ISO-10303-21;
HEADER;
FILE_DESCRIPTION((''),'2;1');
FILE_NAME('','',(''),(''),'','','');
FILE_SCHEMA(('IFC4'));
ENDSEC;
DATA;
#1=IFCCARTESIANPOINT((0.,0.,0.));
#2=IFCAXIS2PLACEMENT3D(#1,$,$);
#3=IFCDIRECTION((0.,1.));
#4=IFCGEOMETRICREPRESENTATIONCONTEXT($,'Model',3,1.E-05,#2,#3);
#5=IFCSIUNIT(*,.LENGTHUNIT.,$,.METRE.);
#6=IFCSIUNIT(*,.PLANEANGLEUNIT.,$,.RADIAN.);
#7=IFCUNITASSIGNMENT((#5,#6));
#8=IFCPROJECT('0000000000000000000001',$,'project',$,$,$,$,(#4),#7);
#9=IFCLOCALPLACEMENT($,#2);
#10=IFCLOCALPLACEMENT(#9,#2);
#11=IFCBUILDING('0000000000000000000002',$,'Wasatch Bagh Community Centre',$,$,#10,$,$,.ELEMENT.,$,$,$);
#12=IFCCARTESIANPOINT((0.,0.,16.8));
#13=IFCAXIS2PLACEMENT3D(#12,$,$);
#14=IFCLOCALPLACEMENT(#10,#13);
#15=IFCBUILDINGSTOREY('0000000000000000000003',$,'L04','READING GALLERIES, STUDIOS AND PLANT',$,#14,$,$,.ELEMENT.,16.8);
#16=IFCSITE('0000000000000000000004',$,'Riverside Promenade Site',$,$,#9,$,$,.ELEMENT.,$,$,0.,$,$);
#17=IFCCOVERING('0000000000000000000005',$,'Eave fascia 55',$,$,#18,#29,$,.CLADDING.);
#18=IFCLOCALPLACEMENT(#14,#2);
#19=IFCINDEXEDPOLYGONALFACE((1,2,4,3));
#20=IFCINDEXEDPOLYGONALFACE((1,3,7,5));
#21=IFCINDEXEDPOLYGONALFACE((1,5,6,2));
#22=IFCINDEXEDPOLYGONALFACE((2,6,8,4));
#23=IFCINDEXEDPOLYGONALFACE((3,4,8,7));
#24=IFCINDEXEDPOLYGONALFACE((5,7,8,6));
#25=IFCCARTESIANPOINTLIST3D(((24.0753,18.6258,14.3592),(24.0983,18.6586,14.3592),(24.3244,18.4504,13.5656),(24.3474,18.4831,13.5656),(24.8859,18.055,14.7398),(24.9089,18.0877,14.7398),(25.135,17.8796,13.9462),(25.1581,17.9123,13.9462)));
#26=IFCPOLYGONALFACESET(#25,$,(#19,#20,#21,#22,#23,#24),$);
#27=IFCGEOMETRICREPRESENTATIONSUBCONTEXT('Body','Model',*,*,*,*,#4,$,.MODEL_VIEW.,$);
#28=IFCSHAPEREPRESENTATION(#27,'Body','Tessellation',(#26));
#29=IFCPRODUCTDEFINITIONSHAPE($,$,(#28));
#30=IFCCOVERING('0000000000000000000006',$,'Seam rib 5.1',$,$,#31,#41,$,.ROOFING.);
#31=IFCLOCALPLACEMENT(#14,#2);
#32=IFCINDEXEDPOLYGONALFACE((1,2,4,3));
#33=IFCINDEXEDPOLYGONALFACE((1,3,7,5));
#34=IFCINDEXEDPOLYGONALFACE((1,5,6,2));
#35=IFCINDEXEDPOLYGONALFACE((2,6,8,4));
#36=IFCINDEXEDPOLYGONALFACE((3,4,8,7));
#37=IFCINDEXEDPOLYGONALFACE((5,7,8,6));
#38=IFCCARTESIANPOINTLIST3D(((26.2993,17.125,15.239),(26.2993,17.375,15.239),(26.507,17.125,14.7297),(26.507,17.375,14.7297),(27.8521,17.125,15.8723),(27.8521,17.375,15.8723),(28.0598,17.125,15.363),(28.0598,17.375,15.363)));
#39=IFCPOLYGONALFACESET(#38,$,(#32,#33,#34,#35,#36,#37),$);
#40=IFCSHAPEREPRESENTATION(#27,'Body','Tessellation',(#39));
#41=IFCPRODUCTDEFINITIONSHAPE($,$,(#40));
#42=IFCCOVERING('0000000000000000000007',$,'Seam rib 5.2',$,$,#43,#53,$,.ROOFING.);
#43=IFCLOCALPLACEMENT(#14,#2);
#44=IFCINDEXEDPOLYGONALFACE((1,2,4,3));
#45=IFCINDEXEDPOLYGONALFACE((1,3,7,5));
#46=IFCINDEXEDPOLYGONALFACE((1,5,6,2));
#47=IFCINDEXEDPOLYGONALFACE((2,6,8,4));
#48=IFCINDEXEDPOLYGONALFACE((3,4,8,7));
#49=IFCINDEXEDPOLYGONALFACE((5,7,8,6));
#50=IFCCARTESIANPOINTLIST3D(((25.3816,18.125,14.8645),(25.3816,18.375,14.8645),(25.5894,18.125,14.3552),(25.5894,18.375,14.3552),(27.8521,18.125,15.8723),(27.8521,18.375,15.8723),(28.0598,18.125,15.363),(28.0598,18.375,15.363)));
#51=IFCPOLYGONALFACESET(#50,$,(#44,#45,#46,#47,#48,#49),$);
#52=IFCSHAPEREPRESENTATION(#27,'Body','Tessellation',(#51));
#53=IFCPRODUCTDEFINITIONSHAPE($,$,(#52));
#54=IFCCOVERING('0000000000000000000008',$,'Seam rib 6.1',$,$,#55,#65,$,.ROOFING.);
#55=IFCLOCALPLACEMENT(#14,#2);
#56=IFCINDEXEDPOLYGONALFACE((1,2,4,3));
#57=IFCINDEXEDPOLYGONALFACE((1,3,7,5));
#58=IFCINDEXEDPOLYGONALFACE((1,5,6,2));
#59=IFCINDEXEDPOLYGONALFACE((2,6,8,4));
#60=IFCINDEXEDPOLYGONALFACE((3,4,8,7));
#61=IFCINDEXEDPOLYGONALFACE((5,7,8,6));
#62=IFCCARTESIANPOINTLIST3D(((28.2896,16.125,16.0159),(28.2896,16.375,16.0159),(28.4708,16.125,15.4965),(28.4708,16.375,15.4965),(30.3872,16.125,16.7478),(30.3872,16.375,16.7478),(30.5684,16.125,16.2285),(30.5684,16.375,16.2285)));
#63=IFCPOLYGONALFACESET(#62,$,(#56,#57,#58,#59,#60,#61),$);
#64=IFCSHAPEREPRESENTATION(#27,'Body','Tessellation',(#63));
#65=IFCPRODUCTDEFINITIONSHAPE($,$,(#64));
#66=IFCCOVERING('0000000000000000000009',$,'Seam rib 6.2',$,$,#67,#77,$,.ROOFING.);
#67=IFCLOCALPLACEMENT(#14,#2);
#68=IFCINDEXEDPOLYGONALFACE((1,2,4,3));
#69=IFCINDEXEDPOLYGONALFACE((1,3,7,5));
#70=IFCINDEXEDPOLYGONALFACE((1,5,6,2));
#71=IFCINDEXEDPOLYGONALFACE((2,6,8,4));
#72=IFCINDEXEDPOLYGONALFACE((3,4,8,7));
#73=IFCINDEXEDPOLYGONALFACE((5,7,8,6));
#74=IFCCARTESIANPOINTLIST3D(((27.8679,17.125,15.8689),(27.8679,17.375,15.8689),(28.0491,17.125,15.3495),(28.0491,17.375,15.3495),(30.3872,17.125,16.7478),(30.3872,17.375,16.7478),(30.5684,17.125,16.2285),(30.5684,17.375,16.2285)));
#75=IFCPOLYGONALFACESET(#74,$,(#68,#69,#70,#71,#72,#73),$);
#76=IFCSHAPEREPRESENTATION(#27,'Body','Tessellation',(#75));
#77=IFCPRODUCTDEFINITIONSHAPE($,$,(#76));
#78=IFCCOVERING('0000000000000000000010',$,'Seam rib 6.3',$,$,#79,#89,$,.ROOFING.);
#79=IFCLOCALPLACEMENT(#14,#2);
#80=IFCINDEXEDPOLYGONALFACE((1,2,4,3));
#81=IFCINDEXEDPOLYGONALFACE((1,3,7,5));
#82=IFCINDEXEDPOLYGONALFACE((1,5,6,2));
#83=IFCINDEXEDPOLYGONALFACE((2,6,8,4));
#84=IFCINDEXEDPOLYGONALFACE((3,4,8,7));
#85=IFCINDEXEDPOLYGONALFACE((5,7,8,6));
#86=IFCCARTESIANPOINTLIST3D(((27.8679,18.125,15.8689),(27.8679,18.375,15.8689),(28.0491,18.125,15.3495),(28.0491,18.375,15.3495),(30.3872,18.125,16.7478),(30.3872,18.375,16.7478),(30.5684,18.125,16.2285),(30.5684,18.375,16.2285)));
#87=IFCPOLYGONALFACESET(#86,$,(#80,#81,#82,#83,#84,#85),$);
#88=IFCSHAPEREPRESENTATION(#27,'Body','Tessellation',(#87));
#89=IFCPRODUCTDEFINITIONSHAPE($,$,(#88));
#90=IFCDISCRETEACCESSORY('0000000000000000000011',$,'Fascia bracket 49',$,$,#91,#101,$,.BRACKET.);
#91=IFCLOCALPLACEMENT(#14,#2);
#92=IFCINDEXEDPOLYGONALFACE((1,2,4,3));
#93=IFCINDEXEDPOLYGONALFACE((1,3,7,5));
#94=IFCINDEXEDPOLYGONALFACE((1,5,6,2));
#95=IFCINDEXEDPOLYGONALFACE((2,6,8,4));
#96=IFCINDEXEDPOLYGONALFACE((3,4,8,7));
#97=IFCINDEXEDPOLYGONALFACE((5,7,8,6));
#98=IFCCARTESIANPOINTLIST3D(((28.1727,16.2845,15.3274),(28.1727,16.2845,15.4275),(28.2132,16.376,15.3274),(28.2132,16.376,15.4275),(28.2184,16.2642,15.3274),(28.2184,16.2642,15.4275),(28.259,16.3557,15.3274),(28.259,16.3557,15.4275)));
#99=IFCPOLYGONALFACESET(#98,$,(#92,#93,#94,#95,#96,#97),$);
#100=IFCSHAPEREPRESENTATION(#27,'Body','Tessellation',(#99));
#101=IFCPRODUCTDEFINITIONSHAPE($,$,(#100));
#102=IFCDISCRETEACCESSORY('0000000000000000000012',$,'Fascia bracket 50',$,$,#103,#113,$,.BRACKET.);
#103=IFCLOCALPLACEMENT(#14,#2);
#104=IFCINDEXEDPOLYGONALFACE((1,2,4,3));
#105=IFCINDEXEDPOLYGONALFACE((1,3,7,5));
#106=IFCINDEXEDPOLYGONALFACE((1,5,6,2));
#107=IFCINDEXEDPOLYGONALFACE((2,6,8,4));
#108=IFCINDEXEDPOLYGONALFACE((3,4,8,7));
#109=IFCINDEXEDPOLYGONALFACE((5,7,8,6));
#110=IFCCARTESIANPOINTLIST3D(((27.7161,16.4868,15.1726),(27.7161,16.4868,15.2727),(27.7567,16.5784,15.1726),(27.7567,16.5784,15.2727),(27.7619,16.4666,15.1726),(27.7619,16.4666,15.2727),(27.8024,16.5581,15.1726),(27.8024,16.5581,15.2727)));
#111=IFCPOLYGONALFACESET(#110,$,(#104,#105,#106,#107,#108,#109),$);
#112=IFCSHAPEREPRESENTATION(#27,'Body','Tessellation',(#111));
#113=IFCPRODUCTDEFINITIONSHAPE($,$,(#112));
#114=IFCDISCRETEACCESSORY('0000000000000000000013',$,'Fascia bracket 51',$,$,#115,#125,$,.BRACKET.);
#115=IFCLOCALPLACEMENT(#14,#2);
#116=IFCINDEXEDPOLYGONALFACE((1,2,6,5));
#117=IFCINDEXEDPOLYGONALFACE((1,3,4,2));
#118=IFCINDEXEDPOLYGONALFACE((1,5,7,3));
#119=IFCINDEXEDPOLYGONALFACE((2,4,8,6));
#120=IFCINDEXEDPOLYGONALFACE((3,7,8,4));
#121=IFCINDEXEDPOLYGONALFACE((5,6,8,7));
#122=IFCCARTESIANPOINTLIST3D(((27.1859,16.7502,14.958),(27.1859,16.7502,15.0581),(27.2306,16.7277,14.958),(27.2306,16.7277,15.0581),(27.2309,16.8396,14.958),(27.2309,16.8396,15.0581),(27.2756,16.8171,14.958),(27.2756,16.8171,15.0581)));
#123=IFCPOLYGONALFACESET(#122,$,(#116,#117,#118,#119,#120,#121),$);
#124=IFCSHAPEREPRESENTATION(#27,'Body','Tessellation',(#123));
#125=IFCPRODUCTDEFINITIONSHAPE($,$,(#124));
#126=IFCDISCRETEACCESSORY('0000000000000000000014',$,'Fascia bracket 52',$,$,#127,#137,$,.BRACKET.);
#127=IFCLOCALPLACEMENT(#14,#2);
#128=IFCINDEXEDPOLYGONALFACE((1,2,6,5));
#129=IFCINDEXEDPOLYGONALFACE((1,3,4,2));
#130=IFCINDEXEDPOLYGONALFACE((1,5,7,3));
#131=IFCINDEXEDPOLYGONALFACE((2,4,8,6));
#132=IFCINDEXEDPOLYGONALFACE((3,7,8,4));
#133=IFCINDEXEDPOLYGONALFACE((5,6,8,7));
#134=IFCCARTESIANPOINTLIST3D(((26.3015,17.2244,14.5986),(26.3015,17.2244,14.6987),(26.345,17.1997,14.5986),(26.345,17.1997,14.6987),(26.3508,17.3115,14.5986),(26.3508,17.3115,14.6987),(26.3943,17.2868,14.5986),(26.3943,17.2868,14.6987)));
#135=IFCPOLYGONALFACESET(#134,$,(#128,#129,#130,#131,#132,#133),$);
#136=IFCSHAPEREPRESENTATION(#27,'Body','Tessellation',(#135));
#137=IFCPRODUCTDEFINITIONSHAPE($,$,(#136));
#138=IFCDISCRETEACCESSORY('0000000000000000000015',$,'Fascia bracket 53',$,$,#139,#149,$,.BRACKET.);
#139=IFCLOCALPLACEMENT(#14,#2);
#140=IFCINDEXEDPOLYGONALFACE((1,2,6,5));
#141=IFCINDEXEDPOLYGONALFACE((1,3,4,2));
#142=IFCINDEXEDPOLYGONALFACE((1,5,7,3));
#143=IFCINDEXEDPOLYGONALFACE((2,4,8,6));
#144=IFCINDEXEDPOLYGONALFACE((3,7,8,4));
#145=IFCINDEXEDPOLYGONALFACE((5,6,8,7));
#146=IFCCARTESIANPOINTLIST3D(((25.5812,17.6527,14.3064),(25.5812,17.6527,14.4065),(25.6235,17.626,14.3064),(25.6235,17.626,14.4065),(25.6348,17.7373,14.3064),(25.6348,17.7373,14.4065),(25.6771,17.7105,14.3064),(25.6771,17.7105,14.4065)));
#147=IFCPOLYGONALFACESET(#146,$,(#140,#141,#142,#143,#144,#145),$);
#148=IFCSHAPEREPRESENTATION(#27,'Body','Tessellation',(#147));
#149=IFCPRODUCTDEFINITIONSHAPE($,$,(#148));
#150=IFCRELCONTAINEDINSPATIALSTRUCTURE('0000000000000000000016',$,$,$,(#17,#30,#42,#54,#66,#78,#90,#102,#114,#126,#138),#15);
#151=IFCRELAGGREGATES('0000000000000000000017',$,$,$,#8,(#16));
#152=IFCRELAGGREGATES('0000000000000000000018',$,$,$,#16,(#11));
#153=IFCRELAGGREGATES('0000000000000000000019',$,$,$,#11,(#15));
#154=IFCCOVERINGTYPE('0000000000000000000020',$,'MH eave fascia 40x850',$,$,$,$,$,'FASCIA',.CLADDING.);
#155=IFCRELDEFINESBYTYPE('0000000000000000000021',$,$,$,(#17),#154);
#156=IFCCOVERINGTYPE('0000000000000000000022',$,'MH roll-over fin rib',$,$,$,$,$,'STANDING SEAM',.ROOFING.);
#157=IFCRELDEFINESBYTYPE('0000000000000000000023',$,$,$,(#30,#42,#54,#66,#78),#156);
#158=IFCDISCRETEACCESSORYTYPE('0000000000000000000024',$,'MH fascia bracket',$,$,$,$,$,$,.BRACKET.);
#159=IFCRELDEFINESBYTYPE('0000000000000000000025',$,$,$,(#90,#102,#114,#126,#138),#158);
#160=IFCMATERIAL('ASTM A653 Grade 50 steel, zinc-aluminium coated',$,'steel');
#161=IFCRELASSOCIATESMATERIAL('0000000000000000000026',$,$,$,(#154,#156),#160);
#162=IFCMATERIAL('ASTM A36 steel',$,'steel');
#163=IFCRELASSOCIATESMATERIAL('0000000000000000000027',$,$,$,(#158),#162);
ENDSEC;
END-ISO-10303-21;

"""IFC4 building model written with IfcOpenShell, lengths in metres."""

from ifc_helpers import new_model, si_unit, direction, frame, origin, origin_2d, place, context, subcontext, project, spatial, polyline, rectangle, outline, extrude, material, material_profile, profile_set, type_object, element, save


model = new_model("IFC4")

# Units and contexts
model_context = context("Model", 3, precision=1e-05, world=origin(), true_north=direction((0.0, 1.0)))
body_context = subcontext(model_context, "Body", "Model", "MODEL_VIEW")
ifc_project = project(units=[si_unit("LENGTHUNIT", "METRE"), si_unit("PLANEANGLEUNIT", "RADIAN")], contexts=[model_context])

# Site, building, storey
site_placement = place(None, origin())
site = spatial("IfcSite", under=ifc_project, at=site_placement, Name="Riverside Promenade Site", CompositionType="ELEMENT", RefElevation=0.0)
building_placement = place(site_placement, origin())
building = spatial("IfcBuilding", under=site, at=building_placement, Name="Wasatch Bagh Community Centre", CompositionType="ELEMENT")
storey_placement = place(building_placement, frame((0.0, 0.0, 16.8)))
storey = spatial("IfcBuildingStorey", under=building, at=storey_placement, Name="L04", Description="READING GALLERIES, STUDIOS AND PLANT", CompositionType="ELEMENT", Elevation=16.8)

# Coverings
ifc_material_1 = material(Name="ASTM A653 Grade 50 steel, zinc-aluminium coated", Category="steel")
ifc_material_profile_1 = material_profile(ifc_material_1, rectangle(XDim=0.04, YDim=0.8501, at=origin_2d()), Name="FASCIA 40x850")
ifc_profile_set_1 = profile_set([ifc_material_profile_1], Name="ASTM A653 Grade 50 steel, zinc-aluminium coated")
covering_type_1 = type_object("IfcCoveringType", Name="MH eave fascia 40x850", ElementType="FASCIA", PredefinedType="CLADDING", material=ifc_profile_set_1)
covering_1_placement = place(storey_placement, frame((25.022, 17.9836, 14.343), z_axis=(-0.763286, 0.537519, -0.358423), x_axis=(-0.575774, -0.817609, 0.0)))
element("IfcCovering", 1, at=covering_1_placement, inside=storey, type_object=covering_type_1, Name="Eave fascia 55", PredefinedType="CLADDING", context=body_context, shape_type="SweptSolid", body=[
    extrude(rectangle(XDim=0.04, YDim=0.8501, at=origin_2d()), origin(), (0.0, 0.0, 1.0), 1.062),
])
covering_type_2 = type_object("IfcCoveringType", Name="MH roll-over fin rib", ElementType="STANDING SEAM", PredefinedType="ROOFING", material=ifc_material_1)
covering_2_placement = place(storey_placement, frame((26.2993, 17.125, 15.239), z_axis=(-0.377658, 0.0, 0.925945), x_axis=(0.925945, 0.0, 0.377658)))
element("IfcCovering", 2, at=covering_2_placement, inside=storey, type_object=covering_type_2, Name="Seam rib 5.1", PredefinedType="ROOFING", context=body_context, shape_type="SweptSolid", body=[
    extrude(outline(polyline([(0.0, 0.0), (1.6769, 0.0), (1.6769, 0.25), (0.0, 0.25), (0.0, 0.0)])), origin(), (0.0, 0.0, -1.0), 0.55),
])
covering_3_placement = place(storey_placement, frame((25.3816, 18.125, 14.8645), z_axis=(-0.377724, 0.0, 0.925918), x_axis=(0.925918, 0.0, 0.377724)))
element("IfcCovering", 3, at=covering_3_placement, inside=storey, type_object=covering_type_2, Name="Seam rib 5.2", PredefinedType="ROOFING", context=body_context, shape_type="SweptSolid", body=[
    extrude(outline(polyline([(0.0, 0.0), (2.6681, 0.0), (2.6681, 0.25), (0.0, 0.25), (0.0, 0.0)])), origin(), (0.0, 0.0, -1.0), 0.55),
])
covering_4_placement = place(storey_placement, frame((28.2896, 16.125, 16.0159), z_axis=(-0.32945, 0.0, 0.944173), x_axis=(0.944173, 0.0, 0.32945)))
element("IfcCovering", 4, at=covering_4_placement, inside=storey, type_object=covering_type_2, Name="Seam rib 6.1", PredefinedType="ROOFING", context=body_context, shape_type="SweptSolid", body=[
    extrude(outline(polyline([(0.0, 0.0), (2.2217, 0.0), (2.2217, 0.25), (0.0, 0.25), (0.0, 0.0)])), origin(), (0.0, 0.0, -1.0), 0.55),
])
for number, where, z_axis, x_axis, name in (
    (5, (27.8679, 17.125, 15.8689), (-0.329401, 0.0, 0.94419), (0.94419, 0.0, 0.329401), "Seam rib 6.2"),
    (6, (27.8679, 18.125, 15.8689), (-0.329401, 0.0, 0.94419), (0.94419, 0.0, 0.329401), "Seam rib 6.3"),
):
    element("IfcCovering", number, at=place(storey_placement, frame(where, z_axis=z_axis, x_axis=x_axis)), inside=storey, type_object=covering_type_2, Name=name, PredefinedType="ROOFING", context=body_context, shape_type="SweptSolid", body=[
        extrude(outline(polyline([(0.0, 0.0), (2.6682, 0.0), (2.6682, 0.25), (0.0, 0.25), (0.0, 0.0)])), origin(), (0.0, 0.0, -1.0), 0.55),
    ])

# Discrete accessories
ifc_material_2 = material(Name="ASTM A36 steel", Category="steel")
discrete_accessory_type = type_object("IfcDiscreteAccessoryType", Name="MH fascia bracket", PredefinedType="BRACKET", material=ifc_material_2)
for number, where, z_axis, x_axis, name in (
    (7, (28.2158, 16.3201, 15.3274), (0.0, 0.0, 1.0), (-0.405241, -0.91421, 0.0), "Fascia bracket 49"),
    (8, (27.7593, 16.5225, 15.1726), (0.0, 0.0, 1.0), (-0.405241, -0.91421, 0.0), "Fascia bracket 50"),
    (9, (27.2307, 16.7837, 14.958), (0.0, 0.0, 1.0), (-0.449611, -0.893224, 0.0), "Fascia bracket 51"),
    (10, (26.3479, 17.2556, 14.5986), (0.0, 0.0, 1.0), (-0.492898, -0.870087, 0.0), "Fascia bracket 52"),
    (11, (25.6292, 17.6816, 14.3064), (0.0, 0.0, 1.0), (-0.534998, -0.844854, 0.0), "Fascia bracket 53"),
):
    element("IfcDiscreteAccessory", number, at=place(storey_placement, frame(where, z_axis=z_axis, x_axis=x_axis)), inside=storey, type_object=discrete_accessory_type, Name=name, PredefinedType="BRACKET", context=body_context, shape_type="SweptSolid", body=[
        extrude(rectangle(XDim=0.1001, YDim=0.05, at=origin_2d()), origin(), (0.0, 0.0, 1.0), 0.1001),
    ])

save(model, "model.ifc")
